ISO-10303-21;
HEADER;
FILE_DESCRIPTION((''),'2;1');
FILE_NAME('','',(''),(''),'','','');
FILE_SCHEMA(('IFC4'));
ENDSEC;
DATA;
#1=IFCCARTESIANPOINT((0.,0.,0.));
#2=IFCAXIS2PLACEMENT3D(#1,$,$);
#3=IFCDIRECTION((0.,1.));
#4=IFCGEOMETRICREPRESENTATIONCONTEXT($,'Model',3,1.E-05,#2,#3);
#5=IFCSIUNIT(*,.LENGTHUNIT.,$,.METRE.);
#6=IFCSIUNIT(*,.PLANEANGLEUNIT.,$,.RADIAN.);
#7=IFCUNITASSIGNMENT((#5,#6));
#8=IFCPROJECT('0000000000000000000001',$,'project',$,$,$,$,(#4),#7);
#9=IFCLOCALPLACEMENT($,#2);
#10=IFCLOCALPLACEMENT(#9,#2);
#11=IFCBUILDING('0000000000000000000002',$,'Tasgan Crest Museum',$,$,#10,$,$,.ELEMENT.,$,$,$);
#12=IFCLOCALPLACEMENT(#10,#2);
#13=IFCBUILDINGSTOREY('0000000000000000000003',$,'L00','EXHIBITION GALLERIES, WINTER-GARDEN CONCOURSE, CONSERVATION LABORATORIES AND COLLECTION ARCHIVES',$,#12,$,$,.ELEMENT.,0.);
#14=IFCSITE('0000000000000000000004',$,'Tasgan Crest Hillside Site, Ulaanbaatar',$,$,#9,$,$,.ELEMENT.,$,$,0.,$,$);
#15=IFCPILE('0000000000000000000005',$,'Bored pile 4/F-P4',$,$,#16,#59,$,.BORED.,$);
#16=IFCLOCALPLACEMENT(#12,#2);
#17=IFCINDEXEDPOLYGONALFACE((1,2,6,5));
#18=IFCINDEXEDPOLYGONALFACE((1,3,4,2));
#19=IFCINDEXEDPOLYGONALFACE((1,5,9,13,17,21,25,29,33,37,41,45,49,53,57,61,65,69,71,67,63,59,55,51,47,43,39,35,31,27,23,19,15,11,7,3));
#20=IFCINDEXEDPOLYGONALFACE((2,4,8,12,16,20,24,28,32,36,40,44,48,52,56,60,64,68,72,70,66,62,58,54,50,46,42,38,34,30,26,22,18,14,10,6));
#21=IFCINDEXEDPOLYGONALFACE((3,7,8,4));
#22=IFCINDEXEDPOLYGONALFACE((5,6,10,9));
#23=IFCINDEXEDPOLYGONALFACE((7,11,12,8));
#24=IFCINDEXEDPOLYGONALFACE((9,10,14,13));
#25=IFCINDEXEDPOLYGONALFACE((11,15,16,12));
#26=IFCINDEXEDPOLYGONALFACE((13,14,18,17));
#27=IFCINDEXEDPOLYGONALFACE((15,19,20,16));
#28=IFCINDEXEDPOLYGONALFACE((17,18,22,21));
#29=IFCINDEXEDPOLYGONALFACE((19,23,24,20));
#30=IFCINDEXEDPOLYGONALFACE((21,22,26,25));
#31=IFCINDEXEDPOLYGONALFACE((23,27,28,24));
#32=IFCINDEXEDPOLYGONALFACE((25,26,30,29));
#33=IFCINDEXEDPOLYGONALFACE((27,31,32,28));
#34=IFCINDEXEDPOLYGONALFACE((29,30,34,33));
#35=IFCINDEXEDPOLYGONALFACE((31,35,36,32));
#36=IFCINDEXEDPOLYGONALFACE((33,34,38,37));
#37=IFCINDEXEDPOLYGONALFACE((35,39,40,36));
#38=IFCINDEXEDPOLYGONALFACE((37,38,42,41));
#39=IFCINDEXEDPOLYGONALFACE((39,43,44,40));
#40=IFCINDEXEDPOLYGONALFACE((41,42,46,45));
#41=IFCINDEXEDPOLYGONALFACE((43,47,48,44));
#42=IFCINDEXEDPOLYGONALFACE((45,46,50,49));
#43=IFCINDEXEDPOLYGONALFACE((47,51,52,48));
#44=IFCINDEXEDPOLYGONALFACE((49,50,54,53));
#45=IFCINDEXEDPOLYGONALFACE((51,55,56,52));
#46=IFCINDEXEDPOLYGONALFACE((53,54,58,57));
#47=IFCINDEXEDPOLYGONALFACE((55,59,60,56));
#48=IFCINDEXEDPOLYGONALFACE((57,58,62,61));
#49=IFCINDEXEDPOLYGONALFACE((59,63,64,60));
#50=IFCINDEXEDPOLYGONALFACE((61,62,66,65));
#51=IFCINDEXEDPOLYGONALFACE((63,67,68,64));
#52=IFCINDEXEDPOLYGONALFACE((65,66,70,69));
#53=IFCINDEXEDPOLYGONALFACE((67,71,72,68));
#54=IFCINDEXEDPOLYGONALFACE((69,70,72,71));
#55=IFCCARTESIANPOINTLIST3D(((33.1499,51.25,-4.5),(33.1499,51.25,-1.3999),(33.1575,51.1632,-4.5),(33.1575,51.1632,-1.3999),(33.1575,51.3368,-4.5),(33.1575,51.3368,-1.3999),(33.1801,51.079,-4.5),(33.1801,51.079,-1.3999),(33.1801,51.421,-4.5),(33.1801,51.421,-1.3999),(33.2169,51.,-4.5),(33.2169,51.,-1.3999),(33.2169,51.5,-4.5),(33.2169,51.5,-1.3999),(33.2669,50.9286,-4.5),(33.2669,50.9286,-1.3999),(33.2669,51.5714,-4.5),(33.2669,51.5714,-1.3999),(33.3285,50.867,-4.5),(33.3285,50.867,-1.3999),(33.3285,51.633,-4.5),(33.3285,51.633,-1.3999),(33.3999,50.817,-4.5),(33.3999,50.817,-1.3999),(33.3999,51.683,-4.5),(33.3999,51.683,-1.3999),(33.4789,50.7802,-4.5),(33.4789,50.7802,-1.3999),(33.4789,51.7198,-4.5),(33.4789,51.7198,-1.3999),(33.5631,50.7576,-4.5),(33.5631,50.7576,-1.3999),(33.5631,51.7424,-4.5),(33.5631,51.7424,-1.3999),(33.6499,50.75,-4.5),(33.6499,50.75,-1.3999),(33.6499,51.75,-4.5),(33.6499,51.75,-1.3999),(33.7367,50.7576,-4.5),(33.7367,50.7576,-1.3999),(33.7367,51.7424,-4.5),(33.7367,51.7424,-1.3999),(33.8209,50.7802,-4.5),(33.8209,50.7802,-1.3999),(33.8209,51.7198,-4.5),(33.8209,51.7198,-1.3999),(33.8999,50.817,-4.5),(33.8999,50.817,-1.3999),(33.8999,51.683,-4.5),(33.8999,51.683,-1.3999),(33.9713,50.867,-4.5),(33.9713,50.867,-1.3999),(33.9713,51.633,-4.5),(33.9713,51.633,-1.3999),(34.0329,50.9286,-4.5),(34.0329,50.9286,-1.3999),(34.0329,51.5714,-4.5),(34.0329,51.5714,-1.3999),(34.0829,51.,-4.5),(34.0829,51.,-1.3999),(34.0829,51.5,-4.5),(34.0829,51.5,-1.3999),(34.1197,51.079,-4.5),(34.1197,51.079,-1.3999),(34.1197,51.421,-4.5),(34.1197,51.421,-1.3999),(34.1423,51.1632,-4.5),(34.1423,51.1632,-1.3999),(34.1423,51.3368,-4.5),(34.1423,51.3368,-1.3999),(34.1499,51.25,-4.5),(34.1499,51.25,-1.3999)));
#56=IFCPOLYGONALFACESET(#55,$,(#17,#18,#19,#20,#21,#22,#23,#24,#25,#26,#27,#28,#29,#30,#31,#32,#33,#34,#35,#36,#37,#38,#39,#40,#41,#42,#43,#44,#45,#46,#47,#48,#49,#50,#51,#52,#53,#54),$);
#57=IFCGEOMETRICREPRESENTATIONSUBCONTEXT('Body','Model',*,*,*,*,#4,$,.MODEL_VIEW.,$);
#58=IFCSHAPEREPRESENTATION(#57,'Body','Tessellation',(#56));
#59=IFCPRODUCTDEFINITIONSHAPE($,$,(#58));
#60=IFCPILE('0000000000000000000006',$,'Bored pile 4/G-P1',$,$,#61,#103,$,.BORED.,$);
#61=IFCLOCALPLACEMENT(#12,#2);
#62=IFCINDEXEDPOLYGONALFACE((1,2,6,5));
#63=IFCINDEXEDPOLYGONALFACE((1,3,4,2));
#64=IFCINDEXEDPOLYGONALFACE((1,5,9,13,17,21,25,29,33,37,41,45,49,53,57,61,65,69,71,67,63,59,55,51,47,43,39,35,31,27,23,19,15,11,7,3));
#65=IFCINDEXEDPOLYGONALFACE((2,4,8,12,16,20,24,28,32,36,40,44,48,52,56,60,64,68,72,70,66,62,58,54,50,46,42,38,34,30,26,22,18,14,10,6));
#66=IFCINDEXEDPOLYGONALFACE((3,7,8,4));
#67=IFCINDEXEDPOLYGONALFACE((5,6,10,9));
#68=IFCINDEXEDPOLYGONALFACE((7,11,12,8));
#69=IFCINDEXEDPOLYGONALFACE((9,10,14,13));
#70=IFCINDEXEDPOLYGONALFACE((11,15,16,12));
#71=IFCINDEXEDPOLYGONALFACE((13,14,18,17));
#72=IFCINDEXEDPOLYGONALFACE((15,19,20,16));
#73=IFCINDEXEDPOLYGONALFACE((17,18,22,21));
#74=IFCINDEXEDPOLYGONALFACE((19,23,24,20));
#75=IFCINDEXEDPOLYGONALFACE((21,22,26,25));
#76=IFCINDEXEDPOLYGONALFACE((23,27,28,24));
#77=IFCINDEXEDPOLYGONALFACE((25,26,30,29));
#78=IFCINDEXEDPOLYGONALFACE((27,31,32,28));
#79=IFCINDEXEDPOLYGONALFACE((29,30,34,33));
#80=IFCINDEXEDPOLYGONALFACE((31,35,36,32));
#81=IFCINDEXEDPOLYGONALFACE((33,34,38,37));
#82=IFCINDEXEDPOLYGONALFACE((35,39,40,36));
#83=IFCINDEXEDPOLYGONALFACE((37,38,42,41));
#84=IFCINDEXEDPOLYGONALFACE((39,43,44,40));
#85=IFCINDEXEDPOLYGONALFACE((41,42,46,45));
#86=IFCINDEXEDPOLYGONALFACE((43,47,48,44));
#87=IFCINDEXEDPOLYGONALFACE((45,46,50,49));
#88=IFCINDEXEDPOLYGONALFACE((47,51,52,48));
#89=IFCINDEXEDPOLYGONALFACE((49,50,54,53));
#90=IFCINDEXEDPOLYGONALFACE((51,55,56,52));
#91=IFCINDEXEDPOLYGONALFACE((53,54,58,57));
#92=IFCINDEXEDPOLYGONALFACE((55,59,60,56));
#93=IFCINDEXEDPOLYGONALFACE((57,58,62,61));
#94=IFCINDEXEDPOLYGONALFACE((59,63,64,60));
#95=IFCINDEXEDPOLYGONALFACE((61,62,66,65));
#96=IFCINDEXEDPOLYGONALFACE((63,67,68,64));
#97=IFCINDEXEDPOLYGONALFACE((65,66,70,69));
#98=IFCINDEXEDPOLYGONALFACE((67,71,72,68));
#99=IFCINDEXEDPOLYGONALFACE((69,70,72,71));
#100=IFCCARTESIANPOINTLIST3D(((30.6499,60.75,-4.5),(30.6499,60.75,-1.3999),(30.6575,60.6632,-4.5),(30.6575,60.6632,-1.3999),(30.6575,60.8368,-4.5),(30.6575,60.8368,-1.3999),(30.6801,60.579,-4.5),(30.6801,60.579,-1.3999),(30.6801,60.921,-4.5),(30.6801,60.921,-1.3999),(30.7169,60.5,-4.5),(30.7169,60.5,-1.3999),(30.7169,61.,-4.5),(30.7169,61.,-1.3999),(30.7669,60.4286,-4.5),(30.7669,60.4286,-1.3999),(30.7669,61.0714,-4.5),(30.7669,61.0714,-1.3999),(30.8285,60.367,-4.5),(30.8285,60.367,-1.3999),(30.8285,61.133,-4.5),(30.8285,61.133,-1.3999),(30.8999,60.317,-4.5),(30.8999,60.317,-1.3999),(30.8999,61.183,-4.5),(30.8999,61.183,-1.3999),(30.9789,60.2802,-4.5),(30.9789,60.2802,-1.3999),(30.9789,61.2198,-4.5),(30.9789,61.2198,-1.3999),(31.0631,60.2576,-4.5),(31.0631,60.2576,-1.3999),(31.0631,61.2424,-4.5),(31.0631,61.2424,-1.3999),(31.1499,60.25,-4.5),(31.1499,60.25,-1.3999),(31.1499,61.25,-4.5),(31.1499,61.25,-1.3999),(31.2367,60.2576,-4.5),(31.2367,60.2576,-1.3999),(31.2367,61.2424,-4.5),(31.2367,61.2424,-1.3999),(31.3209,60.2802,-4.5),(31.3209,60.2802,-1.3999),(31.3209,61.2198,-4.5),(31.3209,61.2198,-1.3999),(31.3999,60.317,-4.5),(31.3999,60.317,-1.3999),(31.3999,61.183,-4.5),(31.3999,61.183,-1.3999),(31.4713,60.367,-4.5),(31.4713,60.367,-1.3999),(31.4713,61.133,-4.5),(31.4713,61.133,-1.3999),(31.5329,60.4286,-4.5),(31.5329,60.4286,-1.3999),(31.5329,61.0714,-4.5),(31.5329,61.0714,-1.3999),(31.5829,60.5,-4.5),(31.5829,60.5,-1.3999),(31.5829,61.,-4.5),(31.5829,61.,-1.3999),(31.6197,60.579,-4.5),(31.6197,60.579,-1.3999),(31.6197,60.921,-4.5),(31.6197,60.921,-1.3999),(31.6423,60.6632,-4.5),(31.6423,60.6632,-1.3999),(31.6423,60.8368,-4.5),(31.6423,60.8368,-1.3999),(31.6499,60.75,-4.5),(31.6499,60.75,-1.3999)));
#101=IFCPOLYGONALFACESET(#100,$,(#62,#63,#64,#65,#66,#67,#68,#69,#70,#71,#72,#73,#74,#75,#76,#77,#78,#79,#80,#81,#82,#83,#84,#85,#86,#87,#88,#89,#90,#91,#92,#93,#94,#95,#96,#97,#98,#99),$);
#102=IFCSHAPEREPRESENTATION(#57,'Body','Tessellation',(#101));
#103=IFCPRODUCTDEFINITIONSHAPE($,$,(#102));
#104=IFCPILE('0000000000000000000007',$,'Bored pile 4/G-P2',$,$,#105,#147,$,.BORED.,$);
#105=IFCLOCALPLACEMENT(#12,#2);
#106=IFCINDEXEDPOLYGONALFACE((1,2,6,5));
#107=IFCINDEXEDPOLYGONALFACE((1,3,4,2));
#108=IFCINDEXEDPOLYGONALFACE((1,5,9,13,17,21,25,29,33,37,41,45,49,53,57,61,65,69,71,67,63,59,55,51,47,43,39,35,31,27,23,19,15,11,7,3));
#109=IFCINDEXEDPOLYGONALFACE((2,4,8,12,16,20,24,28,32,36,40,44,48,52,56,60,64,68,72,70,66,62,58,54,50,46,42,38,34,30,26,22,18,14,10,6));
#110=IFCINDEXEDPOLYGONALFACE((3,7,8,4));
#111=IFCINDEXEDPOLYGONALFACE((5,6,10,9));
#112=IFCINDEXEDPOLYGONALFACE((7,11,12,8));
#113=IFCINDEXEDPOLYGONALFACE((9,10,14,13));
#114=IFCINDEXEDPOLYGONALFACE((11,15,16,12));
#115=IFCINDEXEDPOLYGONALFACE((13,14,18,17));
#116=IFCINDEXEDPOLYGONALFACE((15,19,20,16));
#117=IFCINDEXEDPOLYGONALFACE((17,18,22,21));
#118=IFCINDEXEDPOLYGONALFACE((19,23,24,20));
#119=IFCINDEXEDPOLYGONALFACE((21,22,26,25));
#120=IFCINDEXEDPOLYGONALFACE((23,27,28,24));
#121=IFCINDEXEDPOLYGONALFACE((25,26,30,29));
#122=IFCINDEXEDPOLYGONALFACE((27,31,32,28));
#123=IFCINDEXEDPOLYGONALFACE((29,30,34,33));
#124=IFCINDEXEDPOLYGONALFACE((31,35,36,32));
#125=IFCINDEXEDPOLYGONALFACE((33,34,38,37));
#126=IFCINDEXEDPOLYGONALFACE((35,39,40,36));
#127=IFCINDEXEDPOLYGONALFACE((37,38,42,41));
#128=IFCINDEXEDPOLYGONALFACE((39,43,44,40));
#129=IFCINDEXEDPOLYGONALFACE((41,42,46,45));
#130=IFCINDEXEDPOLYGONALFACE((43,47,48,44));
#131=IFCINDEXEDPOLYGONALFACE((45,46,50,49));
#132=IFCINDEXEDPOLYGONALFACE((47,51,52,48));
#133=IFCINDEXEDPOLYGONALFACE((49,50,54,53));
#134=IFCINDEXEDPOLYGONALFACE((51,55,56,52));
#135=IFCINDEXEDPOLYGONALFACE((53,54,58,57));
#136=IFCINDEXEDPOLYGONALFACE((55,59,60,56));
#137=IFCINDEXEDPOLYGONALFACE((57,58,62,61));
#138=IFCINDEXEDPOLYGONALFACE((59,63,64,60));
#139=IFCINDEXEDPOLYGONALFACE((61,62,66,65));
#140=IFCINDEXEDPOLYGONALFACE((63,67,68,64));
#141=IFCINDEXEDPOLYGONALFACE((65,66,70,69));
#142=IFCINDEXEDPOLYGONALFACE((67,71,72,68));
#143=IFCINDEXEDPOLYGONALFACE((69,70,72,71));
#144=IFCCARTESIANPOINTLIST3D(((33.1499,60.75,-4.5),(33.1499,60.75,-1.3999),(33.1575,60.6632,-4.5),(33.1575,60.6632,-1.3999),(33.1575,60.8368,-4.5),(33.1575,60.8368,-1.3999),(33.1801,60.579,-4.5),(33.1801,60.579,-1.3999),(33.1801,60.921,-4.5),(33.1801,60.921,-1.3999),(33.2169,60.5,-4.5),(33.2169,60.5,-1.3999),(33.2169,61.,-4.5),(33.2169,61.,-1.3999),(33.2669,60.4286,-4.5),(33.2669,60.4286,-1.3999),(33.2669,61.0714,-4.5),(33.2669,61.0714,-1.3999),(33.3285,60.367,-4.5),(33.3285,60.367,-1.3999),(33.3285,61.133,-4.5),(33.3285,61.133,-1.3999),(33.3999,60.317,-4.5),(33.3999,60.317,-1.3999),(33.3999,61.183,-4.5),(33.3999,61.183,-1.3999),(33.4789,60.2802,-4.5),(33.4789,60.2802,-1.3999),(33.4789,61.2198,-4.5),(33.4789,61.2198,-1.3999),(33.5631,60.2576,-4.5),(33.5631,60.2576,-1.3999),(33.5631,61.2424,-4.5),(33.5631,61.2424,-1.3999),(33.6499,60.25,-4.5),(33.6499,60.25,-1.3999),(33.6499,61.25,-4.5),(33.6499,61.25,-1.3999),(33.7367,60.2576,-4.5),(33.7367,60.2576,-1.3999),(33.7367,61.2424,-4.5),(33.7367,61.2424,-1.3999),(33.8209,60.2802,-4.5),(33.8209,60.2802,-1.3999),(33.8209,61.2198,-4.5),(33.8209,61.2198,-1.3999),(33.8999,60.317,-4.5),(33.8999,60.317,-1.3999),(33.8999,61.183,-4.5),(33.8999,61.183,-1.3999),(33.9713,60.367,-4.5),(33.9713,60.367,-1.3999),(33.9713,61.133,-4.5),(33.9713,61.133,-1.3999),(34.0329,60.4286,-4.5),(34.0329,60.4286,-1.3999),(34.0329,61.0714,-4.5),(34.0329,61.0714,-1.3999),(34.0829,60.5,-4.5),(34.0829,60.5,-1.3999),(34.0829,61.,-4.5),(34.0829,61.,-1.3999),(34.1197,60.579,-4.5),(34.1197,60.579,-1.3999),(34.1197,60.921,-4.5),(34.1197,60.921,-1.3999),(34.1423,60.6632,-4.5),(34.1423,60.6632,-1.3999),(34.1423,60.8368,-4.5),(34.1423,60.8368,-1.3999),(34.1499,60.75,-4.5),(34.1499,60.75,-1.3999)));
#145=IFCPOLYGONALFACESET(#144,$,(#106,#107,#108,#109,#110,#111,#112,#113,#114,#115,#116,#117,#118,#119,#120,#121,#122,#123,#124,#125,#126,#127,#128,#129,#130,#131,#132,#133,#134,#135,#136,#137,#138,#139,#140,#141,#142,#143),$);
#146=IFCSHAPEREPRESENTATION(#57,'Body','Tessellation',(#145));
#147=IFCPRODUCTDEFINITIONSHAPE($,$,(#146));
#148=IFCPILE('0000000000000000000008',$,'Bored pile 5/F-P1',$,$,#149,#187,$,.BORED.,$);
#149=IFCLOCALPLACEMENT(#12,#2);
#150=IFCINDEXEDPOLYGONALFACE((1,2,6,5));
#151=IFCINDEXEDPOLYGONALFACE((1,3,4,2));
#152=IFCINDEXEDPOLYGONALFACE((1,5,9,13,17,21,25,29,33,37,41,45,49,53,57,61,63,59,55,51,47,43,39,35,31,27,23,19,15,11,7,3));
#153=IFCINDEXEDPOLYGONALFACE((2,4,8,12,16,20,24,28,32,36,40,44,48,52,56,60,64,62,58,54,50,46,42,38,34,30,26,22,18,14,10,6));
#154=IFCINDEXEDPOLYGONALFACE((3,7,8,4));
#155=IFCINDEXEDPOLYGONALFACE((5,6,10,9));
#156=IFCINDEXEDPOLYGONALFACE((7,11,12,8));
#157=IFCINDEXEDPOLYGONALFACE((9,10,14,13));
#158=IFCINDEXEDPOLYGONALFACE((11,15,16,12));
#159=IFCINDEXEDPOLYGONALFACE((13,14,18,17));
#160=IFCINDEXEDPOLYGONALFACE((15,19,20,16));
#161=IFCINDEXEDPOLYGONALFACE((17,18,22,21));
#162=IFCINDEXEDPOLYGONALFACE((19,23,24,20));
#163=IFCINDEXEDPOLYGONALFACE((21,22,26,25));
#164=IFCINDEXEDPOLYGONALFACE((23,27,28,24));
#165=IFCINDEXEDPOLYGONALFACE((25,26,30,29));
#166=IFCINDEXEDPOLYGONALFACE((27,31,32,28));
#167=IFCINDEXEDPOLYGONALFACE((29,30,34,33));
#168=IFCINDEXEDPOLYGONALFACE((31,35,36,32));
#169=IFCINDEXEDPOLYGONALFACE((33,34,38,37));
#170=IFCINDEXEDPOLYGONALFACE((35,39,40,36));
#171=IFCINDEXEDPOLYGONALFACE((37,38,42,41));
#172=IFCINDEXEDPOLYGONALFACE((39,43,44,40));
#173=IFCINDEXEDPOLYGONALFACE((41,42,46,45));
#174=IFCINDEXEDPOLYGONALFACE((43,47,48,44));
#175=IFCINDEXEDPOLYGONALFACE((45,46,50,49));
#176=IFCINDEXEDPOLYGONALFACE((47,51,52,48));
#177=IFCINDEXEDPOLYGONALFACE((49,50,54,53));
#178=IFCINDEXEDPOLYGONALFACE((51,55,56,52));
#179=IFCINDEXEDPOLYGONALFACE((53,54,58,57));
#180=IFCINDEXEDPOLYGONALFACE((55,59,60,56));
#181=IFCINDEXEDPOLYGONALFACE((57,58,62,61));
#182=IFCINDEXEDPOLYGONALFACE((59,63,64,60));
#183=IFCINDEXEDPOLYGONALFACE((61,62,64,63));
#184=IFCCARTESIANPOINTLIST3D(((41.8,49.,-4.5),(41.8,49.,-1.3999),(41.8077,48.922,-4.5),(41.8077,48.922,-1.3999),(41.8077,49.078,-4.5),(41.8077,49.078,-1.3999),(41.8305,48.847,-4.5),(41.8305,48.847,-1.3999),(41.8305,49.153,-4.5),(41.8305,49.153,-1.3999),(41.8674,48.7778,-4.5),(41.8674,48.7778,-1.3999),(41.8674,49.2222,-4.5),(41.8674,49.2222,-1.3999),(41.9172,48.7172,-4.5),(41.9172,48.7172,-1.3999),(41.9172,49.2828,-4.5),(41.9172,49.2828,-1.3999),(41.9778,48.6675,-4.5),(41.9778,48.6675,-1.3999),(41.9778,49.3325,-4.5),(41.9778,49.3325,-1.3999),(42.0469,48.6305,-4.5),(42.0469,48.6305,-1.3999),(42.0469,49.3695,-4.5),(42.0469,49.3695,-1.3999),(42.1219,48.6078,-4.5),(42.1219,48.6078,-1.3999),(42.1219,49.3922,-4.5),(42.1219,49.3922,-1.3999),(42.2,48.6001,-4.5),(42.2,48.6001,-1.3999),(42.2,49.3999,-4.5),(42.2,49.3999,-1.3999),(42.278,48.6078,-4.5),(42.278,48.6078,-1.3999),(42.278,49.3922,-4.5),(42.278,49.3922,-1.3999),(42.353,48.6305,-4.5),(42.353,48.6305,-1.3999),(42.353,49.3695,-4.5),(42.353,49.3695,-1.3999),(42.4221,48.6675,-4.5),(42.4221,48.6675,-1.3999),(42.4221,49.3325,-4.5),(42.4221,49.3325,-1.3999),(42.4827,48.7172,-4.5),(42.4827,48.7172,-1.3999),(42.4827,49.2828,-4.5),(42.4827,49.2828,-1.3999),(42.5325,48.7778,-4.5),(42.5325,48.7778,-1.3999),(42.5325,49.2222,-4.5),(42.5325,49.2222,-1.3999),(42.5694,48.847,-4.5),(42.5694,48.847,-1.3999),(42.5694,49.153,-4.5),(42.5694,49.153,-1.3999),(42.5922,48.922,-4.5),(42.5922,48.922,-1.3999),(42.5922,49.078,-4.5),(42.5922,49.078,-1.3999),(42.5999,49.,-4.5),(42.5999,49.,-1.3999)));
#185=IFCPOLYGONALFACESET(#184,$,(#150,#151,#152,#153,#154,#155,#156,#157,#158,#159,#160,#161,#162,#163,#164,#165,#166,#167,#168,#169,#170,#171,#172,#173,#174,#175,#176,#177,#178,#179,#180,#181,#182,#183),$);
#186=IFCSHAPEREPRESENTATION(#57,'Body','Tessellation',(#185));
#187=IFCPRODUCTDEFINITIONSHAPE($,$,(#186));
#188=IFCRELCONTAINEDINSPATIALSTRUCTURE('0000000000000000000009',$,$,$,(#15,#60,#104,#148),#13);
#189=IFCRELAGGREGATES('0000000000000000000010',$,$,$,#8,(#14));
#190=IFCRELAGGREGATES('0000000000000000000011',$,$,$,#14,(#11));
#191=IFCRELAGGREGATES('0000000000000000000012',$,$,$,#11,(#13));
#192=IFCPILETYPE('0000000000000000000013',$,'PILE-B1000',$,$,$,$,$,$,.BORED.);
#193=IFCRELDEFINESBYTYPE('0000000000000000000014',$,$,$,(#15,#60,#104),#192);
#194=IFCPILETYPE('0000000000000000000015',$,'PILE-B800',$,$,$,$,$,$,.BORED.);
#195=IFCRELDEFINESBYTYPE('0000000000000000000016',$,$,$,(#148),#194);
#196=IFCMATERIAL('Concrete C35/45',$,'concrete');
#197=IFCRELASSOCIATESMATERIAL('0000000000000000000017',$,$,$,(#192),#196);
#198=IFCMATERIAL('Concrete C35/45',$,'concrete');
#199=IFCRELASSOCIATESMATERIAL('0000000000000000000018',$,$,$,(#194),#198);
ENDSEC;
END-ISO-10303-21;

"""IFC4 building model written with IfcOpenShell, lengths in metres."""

from ifc_helpers import new_model, si_unit, direction, frame, origin, origin_2d, place, context, subcontext, project, spatial, circle, extrude, material, material_profile, profile_set, type_object, element, save


model = new_model("IFC4")

# Units and contexts
model_context = context("Model", 3, precision=1e-05, world=origin(), true_north=direction((0.0, 1.0)))
body_context = subcontext(model_context, "Body", "Model", "MODEL_VIEW")
ifc_project = project(units=[si_unit("LENGTHUNIT", "METRE"), si_unit("PLANEANGLEUNIT", "RADIAN")], contexts=[model_context])

# Site, building, storey
site_placement = place(None, origin())
site = spatial("IfcSite", under=ifc_project, at=site_placement, Name="Tasgan Crest Hillside Site, Ulaanbaatar", CompositionType="ELEMENT", RefElevation=0.0)
building_placement = place(site_placement, origin())
building = spatial("IfcBuilding", under=site, at=building_placement, Name="Tasgan Crest Museum", CompositionType="ELEMENT")
storey_placement = place(building_placement, origin())
storey = spatial("IfcBuildingStorey", under=building, at=storey_placement, Name="L00", Description="EXHIBITION GALLERIES, WINTER-GARDEN CONCOURSE, CONSERVATION LABORATORIES AND COLLECTION ARCHIVES", CompositionType="ELEMENT", Elevation=0.0)

# Piles
ifc_material_1 = material(Name="Concrete C35/45", Category="concrete")
ifc_material_profile_1 = material_profile(ifc_material_1, circle(Radius=0.5, at=origin_2d()), Name="PILE D1000")
ifc_profile_set_1 = profile_set([ifc_material_profile_1], Name="Concrete C35/45")
pile_type_1 = type_object("IfcPileType", Name="PILE-B1000", PredefinedType="BORED", material=ifc_profile_set_1)
for number, where, z_axis, x_axis, name in (
    (1, (33.6499, 51.25, -1.3999), (0.0, 0.0, -1.0), (1.0, 0.0, 0.0), "Bored pile 4/F-P4"),
    (2, (31.1499, 60.75, -1.3999), (0.0, 0.0, -1.0), (1.0, 0.0, 0.0), "Bored pile 4/G-P1"),
    (3, (33.6499, 60.75, -1.3999), (0.0, 0.0, -1.0), (1.0, 0.0, 0.0), "Bored pile 4/G-P2"),
):
    element("IfcPile", number, at=place(storey_placement, frame(where, z_axis=z_axis, x_axis=x_axis)), inside=storey, type_object=pile_type_1, Name=name, PredefinedType="BORED", context=body_context, shape_type="SweptSolid", body=[
        extrude(circle(Radius=0.5, at=origin_2d()), origin(), (0.0, 0.0, 1.0), 3.1001),
    ])
ifc_material_2 = material(Name="Concrete C35/45", Category="concrete")
ifc_material_profile_2 = material_profile(ifc_material_2, circle(Radius=0.3999, at=origin_2d()), Name="PILE D800")
ifc_profile_set_2 = profile_set([ifc_material_profile_2], Name="Concrete C35/45")
pile_type_2 = type_object("IfcPileType", Name="PILE-B800", PredefinedType="BORED", material=ifc_profile_set_2)
for number, where, z_axis, x_axis, name in (
    (4, (42.2, 49.0, -1.3999), (0.0, 0.0, -1.0), (1.0, 0.0, 0.0), "Bored pile 5/F-P1"),
):
    element("IfcPile", number, at=place(storey_placement, frame(where, z_axis=z_axis, x_axis=x_axis)), inside=storey, type_object=pile_type_2, Name=name, PredefinedType="BORED", context=body_context, shape_type="SweptSolid", body=[
        extrude(circle(Radius=0.3999, at=origin_2d()), origin(), (0.0, 0.0, 1.0), 3.1001),
    ])

save(model, "model.ifc")
